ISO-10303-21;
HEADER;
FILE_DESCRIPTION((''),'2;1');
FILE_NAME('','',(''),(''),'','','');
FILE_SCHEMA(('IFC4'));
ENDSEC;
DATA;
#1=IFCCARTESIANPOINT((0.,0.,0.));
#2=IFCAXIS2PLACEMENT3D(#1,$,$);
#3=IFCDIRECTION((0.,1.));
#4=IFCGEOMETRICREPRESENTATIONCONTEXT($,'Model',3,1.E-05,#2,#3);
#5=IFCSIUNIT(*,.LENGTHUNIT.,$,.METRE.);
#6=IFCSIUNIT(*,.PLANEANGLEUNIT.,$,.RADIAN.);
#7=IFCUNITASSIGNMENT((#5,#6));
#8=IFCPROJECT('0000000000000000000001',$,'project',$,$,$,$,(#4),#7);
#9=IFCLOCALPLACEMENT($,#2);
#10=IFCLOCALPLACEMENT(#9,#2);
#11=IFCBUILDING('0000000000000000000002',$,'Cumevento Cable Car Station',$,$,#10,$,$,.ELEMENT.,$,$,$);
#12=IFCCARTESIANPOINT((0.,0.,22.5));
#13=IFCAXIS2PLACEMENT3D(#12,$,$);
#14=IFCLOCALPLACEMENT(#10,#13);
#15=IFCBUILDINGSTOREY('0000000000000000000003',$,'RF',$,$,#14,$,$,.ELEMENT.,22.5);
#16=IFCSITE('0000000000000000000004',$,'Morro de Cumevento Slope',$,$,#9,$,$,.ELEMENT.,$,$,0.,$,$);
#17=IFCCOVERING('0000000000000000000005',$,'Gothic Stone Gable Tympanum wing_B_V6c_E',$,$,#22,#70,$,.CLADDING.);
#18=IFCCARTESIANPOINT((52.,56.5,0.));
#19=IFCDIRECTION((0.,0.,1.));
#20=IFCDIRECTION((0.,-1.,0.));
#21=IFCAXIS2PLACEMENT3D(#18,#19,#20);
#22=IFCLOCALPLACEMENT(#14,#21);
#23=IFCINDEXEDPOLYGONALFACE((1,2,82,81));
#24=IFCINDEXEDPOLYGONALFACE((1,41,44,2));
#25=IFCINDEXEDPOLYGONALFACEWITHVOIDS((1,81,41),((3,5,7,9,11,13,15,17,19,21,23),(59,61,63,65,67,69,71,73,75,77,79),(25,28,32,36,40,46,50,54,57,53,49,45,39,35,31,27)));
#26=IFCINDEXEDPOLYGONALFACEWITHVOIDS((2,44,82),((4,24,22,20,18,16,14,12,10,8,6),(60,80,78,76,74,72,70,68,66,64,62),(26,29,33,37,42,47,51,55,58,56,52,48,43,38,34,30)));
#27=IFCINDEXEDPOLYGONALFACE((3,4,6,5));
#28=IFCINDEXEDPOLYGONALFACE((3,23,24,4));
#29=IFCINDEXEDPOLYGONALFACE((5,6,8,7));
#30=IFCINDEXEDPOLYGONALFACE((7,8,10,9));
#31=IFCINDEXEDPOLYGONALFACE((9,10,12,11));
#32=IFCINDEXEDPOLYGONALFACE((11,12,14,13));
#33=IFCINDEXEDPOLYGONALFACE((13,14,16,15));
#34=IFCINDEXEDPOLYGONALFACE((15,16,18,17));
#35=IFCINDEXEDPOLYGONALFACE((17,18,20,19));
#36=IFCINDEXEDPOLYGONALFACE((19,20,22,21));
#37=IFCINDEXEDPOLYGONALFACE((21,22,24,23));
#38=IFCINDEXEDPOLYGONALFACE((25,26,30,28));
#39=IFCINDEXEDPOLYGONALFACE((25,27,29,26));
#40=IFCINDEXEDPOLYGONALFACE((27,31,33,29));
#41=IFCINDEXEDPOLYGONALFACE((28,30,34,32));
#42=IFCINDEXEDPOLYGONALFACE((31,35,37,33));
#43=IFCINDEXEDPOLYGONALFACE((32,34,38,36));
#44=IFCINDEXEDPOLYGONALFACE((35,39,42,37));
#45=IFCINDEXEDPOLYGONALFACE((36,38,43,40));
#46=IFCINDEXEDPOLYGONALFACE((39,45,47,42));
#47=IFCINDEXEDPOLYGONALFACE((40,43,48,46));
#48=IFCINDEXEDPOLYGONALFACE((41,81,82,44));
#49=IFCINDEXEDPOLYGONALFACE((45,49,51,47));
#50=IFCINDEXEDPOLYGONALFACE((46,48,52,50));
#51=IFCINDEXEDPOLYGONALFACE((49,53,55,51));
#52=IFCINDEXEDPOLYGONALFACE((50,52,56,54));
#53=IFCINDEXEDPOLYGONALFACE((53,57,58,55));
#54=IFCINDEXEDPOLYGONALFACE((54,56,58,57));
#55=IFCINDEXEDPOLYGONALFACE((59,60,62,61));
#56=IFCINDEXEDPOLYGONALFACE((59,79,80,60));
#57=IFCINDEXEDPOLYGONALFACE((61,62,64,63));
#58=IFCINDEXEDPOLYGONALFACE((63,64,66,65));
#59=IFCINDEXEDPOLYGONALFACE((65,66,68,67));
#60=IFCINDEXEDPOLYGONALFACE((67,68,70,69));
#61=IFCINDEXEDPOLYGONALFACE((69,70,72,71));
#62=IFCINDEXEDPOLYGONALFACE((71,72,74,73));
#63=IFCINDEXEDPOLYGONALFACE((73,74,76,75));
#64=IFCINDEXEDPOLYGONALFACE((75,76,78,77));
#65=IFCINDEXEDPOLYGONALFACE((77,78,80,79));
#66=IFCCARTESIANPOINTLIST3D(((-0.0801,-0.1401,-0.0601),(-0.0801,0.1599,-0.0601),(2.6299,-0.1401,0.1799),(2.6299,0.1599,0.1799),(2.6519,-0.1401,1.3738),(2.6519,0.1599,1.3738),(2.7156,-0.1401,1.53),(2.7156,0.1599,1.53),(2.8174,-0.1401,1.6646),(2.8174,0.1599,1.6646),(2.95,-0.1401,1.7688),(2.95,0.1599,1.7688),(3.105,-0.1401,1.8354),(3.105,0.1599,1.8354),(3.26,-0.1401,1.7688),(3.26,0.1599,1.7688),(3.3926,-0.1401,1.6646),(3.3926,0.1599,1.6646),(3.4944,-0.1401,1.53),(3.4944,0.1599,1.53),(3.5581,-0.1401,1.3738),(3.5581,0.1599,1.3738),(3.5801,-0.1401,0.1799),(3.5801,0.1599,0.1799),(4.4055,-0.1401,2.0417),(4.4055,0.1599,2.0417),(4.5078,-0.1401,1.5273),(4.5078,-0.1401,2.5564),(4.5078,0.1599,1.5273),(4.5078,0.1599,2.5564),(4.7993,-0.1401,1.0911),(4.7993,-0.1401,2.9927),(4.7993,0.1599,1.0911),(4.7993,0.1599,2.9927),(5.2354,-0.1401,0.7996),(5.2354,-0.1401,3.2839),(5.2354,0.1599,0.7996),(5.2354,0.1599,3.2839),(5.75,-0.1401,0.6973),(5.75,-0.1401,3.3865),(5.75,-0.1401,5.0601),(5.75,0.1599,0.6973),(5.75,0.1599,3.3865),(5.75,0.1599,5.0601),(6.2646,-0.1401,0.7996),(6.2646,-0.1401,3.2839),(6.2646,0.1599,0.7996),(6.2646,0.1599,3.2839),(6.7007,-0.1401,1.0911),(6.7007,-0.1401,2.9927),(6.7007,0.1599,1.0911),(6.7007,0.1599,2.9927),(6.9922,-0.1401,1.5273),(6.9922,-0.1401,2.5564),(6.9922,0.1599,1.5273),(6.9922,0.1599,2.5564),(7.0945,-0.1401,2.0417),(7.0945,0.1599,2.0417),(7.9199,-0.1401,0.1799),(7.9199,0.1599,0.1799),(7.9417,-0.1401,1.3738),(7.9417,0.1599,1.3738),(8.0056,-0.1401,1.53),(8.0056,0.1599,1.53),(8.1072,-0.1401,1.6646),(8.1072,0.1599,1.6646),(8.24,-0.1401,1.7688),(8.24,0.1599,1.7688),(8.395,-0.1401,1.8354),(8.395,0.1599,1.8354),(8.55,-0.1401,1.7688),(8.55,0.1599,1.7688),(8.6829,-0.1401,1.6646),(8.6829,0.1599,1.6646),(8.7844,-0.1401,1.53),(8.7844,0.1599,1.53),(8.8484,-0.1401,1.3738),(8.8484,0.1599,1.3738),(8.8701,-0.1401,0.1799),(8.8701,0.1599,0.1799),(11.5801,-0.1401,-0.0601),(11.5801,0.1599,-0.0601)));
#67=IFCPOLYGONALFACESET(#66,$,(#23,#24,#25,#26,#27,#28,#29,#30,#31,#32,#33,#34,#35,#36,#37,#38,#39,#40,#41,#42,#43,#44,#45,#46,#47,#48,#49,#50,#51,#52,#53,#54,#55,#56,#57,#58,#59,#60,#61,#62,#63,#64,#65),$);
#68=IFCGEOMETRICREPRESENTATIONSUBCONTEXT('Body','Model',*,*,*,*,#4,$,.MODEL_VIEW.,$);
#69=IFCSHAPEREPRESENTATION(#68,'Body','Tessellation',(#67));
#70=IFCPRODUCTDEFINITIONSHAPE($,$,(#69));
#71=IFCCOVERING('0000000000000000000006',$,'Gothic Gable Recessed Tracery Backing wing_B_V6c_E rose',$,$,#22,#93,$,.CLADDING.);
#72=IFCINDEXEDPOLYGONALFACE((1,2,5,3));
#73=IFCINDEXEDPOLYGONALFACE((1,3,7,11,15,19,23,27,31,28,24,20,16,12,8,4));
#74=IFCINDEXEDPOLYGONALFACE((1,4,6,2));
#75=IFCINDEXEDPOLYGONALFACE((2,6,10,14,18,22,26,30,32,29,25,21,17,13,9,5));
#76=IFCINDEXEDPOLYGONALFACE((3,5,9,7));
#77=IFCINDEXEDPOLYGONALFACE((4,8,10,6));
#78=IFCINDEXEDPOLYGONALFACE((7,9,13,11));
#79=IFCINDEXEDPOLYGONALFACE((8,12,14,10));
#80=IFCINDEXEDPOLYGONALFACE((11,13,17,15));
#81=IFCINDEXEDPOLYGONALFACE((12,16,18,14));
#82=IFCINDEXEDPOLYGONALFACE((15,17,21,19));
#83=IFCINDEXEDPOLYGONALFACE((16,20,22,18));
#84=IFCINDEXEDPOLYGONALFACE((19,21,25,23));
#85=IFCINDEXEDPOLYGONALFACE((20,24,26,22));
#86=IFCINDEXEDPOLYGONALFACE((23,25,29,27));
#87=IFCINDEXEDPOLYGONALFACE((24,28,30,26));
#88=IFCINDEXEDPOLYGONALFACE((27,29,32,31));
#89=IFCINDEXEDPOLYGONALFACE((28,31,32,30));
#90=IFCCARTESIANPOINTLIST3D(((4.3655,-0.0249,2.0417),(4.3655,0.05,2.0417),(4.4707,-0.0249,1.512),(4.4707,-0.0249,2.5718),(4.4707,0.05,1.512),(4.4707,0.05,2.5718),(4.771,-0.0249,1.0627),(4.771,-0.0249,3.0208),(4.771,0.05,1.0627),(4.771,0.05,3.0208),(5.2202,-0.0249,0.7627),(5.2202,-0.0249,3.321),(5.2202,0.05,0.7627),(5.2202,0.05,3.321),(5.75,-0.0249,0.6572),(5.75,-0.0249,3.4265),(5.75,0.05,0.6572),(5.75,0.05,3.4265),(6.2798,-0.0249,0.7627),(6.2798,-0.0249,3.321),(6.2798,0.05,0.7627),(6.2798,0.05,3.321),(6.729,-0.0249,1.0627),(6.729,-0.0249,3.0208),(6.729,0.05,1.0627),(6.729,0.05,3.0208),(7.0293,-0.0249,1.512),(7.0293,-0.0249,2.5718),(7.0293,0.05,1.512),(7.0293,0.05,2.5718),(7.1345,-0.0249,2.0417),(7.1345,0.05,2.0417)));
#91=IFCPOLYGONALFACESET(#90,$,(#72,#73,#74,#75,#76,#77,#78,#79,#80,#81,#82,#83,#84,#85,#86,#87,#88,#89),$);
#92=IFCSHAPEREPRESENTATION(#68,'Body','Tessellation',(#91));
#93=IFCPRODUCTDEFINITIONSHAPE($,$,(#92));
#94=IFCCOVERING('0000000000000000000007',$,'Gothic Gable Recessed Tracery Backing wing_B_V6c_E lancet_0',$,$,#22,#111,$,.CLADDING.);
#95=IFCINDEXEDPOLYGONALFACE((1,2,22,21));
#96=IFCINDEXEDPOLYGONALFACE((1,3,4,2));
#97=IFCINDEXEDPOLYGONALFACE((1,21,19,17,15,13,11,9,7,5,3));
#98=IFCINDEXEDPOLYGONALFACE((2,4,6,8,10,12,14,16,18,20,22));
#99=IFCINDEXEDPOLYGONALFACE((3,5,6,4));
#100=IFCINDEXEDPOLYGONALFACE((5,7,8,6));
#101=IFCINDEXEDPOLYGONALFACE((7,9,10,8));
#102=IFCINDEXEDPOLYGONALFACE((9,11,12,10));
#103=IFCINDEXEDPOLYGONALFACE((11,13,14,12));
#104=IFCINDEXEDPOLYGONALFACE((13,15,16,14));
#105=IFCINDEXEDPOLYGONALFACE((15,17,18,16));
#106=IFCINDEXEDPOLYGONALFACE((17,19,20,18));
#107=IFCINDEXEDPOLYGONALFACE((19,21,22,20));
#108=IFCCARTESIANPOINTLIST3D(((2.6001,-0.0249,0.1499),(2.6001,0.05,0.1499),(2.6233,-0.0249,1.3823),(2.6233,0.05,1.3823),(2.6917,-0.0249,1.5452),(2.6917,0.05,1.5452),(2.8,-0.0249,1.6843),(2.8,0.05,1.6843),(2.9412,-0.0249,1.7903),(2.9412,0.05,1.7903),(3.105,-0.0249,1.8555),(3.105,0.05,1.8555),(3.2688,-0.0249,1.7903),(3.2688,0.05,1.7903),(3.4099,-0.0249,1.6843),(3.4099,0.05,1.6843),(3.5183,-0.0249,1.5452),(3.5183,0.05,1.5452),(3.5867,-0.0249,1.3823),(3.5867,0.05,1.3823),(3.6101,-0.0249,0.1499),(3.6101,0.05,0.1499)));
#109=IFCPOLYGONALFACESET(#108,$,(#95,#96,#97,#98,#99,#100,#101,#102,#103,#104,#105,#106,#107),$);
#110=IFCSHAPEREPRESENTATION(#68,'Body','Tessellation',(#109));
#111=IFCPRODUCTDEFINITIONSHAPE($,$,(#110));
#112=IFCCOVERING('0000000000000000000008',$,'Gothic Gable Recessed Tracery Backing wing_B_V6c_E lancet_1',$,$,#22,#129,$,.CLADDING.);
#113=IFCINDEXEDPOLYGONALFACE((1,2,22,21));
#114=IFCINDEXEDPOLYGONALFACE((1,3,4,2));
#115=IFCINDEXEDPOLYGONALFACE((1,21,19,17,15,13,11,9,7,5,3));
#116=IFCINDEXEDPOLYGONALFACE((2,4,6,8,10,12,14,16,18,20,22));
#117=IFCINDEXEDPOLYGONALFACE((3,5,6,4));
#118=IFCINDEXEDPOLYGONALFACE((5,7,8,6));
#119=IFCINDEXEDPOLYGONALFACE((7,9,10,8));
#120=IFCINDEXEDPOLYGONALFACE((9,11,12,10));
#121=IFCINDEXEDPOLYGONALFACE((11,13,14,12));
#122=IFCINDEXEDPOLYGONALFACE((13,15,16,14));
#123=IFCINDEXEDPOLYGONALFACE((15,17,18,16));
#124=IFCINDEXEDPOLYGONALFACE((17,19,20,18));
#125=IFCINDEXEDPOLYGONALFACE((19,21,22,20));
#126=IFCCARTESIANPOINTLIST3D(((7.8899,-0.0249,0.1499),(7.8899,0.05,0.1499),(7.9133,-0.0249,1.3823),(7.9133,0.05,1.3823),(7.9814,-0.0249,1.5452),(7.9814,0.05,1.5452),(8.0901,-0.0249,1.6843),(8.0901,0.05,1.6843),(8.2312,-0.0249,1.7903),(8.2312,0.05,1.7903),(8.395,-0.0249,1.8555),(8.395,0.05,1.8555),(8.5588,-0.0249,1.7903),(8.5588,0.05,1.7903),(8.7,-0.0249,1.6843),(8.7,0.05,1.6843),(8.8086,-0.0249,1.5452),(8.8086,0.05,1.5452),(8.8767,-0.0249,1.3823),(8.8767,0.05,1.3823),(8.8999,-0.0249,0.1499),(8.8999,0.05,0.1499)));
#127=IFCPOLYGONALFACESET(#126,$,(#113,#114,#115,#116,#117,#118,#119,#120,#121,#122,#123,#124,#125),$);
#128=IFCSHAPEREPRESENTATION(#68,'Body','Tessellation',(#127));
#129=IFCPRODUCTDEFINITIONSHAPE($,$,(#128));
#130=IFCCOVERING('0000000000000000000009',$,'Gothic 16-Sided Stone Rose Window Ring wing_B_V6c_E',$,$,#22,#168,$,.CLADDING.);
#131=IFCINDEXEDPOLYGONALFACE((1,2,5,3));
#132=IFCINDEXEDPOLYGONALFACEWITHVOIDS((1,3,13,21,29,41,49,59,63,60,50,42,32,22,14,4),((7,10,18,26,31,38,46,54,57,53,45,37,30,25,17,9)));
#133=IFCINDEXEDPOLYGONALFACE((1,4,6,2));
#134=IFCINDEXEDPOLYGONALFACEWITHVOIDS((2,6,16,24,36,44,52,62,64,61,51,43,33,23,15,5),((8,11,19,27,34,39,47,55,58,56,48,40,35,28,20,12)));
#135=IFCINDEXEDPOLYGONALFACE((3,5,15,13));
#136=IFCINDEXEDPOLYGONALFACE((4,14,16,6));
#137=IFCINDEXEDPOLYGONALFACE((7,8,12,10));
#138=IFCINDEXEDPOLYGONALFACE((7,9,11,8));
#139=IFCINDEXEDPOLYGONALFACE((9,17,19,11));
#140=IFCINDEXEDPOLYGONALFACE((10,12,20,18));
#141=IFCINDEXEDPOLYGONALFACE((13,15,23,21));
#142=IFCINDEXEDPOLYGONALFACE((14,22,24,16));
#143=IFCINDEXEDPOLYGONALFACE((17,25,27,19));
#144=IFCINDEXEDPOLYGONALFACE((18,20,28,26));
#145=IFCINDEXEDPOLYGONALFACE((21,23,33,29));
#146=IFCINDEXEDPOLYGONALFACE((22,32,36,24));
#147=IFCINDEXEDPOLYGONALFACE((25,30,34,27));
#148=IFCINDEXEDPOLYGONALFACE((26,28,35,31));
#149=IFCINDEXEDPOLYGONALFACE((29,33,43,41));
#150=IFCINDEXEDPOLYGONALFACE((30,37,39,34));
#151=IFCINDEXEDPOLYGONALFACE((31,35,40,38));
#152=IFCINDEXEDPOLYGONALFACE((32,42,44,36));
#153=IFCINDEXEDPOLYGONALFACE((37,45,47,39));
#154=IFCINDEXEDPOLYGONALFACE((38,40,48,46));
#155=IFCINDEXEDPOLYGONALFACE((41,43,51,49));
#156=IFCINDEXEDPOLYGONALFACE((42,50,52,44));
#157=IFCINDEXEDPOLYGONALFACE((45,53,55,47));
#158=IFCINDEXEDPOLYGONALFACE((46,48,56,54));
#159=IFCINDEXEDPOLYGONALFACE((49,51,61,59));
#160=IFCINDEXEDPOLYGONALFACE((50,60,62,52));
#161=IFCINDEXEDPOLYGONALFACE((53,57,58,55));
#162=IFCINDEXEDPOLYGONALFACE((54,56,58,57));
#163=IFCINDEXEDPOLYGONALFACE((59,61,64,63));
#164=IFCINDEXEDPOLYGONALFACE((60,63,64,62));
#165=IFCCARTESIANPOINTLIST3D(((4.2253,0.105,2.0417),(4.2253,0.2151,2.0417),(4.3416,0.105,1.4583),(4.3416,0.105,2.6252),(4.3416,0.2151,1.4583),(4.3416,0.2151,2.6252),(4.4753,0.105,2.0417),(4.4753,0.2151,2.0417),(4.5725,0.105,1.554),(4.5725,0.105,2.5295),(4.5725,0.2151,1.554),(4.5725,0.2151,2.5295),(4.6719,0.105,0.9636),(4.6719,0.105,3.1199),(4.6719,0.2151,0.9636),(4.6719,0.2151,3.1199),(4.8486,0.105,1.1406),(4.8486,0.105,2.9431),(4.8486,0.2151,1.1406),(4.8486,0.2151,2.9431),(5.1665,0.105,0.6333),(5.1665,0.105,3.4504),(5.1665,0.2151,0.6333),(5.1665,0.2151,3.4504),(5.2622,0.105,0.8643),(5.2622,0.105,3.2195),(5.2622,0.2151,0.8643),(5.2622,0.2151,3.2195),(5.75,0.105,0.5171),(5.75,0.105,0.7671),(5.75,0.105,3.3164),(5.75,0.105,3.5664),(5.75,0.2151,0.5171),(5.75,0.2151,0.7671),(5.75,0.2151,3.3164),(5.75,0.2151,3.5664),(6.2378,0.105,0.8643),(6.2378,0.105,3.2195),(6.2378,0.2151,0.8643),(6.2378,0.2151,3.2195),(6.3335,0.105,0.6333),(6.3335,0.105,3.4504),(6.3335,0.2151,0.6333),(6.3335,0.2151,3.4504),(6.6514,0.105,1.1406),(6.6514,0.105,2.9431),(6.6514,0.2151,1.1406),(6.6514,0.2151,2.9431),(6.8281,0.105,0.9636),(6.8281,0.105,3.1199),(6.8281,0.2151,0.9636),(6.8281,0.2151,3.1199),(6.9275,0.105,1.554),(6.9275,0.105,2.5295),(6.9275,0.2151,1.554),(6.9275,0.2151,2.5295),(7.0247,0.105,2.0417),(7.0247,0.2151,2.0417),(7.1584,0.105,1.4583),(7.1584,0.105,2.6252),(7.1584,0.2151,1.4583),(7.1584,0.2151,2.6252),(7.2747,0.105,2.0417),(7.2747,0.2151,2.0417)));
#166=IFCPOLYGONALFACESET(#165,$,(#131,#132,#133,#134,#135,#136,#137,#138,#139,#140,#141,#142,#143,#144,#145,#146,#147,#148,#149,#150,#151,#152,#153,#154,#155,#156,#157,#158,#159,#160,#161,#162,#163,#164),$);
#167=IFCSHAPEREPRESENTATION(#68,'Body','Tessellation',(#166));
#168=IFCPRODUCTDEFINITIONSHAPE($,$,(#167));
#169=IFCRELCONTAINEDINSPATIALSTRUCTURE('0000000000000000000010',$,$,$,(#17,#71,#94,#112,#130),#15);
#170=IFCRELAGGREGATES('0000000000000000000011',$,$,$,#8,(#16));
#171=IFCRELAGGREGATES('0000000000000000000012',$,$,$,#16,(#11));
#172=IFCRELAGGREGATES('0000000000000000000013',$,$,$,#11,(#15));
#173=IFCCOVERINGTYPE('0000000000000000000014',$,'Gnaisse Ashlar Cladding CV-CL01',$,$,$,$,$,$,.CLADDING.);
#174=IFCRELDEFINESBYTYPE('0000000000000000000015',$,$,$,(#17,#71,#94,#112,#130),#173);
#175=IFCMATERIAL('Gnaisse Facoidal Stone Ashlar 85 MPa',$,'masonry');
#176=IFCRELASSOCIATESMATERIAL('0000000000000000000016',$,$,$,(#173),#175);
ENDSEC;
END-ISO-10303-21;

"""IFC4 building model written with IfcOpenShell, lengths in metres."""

from ifc_helpers import new_model, si_unit, direction, frame, origin, place, context, subcontext, project, spatial, polyline, outline, extrude, material, type_object, element, save


model = new_model("IFC4")

# Units and contexts
model_context = context("Model", 3, precision=1e-05, world=origin(), true_north=direction((0.0, 1.0)))
body_context = subcontext(model_context, "Body", "Model", "MODEL_VIEW")
ifc_project = project(units=[si_unit("LENGTHUNIT", "METRE"), si_unit("PLANEANGLEUNIT", "RADIAN")], contexts=[model_context])

# Site, building, storey
site_placement = place(None, origin())
site = spatial("IfcSite", under=ifc_project, at=site_placement, Name="Morro de Cumevento Slope", CompositionType="ELEMENT", RefElevation=0.0)
building_placement = place(site_placement, origin())
building = spatial("IfcBuilding", under=site, at=building_placement, Name="Cumevento Cable Car Station", CompositionType="ELEMENT")
storey_placement = place(building_placement, frame((0.0, 0.0, 22.5)))
storey = spatial("IfcBuildingStorey", under=building, at=storey_placement, Name="RF", CompositionType="ELEMENT", Elevation=22.5)

# Coverings
ifc_material_1 = material(Name="Gnaisse Facoidal Stone Ashlar 85 MPa", Category="masonry")
covering_type = type_object("IfcCoveringType", Name="Gnaisse Ashlar Cladding CV-CL01", PredefinedType="CLADDING", material=ifc_material_1)
placement = place(storey_placement, frame((52.0, 56.5, 0.0), z_axis=(0.0, 0.0, 1.0), x_axis=(0.0, -1.0, 0.0)))
element("IfcCovering", 1, at=placement, inside=storey, type_object=covering_type, Name="Gothic Stone Gable Tympanum wing_B_V6c_E", PredefinedType="CLADDING", context=body_context, shape_type="SweptSolid", body=[
    extrude(outline(polyline([(-0.0801, -0.0601), (11.5801, -0.0601), (5.75, 5.0601), (-0.0801, -0.0601)]), holes=[polyline([(7.0945, 2.0417), (6.9922, 2.5564), (6.7007, 2.9927), (6.2646, 3.2839), (5.75, 3.3865), (5.2354, 3.2839), (4.7993, 2.9927), (4.5078, 2.5564), (4.4055, 2.0417), (4.5078, 1.5273), (4.7993, 1.0911), (5.2354, 0.7996), (5.75, 0.6973), (6.2646, 0.7996), (6.7007, 1.0911), (6.9922, 1.5273), (7.0945, 2.0417)]), polyline([(2.6299, 0.1799), (3.5801, 0.1799), (3.5581, 1.3738), (3.4944, 1.53), (3.3926, 1.6646), (3.26, 1.7688), (3.105, 1.8354), (2.95, 1.7688), (2.8174, 1.6646), (2.7156, 1.53), (2.6519, 1.3738), (2.6299, 0.1799)]), polyline([(7.9199, 0.1799), (8.8701, 0.1799), (8.8484, 1.3738), (8.7844, 1.53), (8.6829, 1.6646), (8.55, 1.7688), (8.395, 1.8354), (8.24, 1.7688), (8.1072, 1.6646), (8.0056, 1.53), (7.9417, 1.3738), (7.9199, 0.1799)])]), frame((0.0, 0.1599, 0.0), z_axis=(0.0, -1.0, 0.0), x_axis=(1.0, 0.0, 0.0)), (0.0, 0.0, 1.0), 0.3),
])
element("IfcCovering", 2, at=placement, inside=storey, type_object=covering_type, Name="Gothic Gable Recessed Tracery Backing wing_B_V6c_E rose", PredefinedType="CLADDING", context=body_context, shape_type="SweptSolid", body=[
    extrude(outline(polyline([(7.1345, 2.0417), (7.0293, 2.5718), (6.729, 3.0208), (6.2798, 3.321), (5.75, 3.4265), (5.2202, 3.321), (4.771, 3.0208), (4.4707, 2.5718), (4.3655, 2.0417), (4.4707, 1.512), (4.771, 1.0627), (5.2202, 0.7627), (5.75, 0.6572), (6.2798, 0.7627), (6.729, 1.0627), (7.0293, 1.512), (7.1345, 2.0417)])), frame((0.0, 0.05, 0.0), z_axis=(0.0, -1.0, 0.0), x_axis=(1.0, 0.0, 0.0)), (0.0, 0.0, 1.0), 0.075),
])
element("IfcCovering", 3, at=placement, inside=storey, type_object=covering_type, Name="Gothic Gable Recessed Tracery Backing wing_B_V6c_E lancet_0", PredefinedType="CLADDING", context=body_context, shape_type="SweptSolid", body=[
    extrude(outline(polyline([(2.6001, 0.1499), (3.6101, 0.1499), (3.5867, 1.3823), (3.5183, 1.5452), (3.4099, 1.6843), (3.2688, 1.7903), (3.105, 1.8555), (2.9412, 1.7903), (2.8, 1.6843), (2.6917, 1.5452), (2.6233, 1.3823), (2.6001, 0.1499)])), frame((0.0, 0.05, 0.0), z_axis=(0.0, -1.0, 0.0), x_axis=(1.0, 0.0, 0.0)), (0.0, 0.0, 1.0), 0.075),
])
element("IfcCovering", 4, at=placement, inside=storey, type_object=covering_type, Name="Gothic Gable Recessed Tracery Backing wing_B_V6c_E lancet_1", PredefinedType="CLADDING", context=body_context, shape_type="SweptSolid", body=[
    extrude(outline(polyline([(7.8899, 0.1499), (8.8999, 0.1499), (8.8767, 1.3823), (8.8086, 1.5452), (8.7, 1.6843), (8.5588, 1.7903), (8.395, 1.8555), (8.2312, 1.7903), (8.0901, 1.6843), (7.9814, 1.5452), (7.9133, 1.3823), (7.8899, 0.1499)])), frame((0.0, 0.05, 0.0), z_axis=(0.0, -1.0, 0.0), x_axis=(1.0, 0.0, 0.0)), (0.0, 0.0, 1.0), 0.075),
])
element("IfcCovering", 5, at=placement, inside=storey, type_object=covering_type, Name="Gothic 16-Sided Stone Rose Window Ring wing_B_V6c_E", PredefinedType="CLADDING", context=body_context, shape_type="SweptSolid", body=[
    extrude(outline(polyline([(7.2747, 2.0417), (7.1584, 2.6252), (6.8281, 3.1199), (6.3335, 3.4504), (5.75, 3.5664), (5.1665, 3.4504), (4.6719, 3.1199), (4.3416, 2.6252), (4.2253, 2.0417), (4.3416, 1.4583), (4.6719, 0.9636), (5.1665, 0.6333), (5.75, 0.5171), (6.3335, 0.6333), (6.8281, 0.9636), (7.1584, 1.4583), (7.2747, 2.0417)]), holes=[polyline([(7.0247, 2.0417), (6.9275, 2.5295), (6.6514, 2.9431), (6.2378, 3.2195), (5.75, 3.3164), (5.2622, 3.2195), (4.8486, 2.9431), (4.5725, 2.5295), (4.4753, 2.0417), (4.5725, 1.554), (4.8486, 1.1406), (5.2622, 0.8643), (5.75, 0.7671), (6.2378, 0.8643), (6.6514, 1.1406), (6.9275, 1.554), (7.0247, 2.0417)])]), frame((0.0, 0.2151, 0.0), z_axis=(0.0, -1.0, 0.0), x_axis=(1.0, 0.0, 0.0)), (0.0, 0.0, 1.0), 0.1101),
])

save(model, "model.ifc")
